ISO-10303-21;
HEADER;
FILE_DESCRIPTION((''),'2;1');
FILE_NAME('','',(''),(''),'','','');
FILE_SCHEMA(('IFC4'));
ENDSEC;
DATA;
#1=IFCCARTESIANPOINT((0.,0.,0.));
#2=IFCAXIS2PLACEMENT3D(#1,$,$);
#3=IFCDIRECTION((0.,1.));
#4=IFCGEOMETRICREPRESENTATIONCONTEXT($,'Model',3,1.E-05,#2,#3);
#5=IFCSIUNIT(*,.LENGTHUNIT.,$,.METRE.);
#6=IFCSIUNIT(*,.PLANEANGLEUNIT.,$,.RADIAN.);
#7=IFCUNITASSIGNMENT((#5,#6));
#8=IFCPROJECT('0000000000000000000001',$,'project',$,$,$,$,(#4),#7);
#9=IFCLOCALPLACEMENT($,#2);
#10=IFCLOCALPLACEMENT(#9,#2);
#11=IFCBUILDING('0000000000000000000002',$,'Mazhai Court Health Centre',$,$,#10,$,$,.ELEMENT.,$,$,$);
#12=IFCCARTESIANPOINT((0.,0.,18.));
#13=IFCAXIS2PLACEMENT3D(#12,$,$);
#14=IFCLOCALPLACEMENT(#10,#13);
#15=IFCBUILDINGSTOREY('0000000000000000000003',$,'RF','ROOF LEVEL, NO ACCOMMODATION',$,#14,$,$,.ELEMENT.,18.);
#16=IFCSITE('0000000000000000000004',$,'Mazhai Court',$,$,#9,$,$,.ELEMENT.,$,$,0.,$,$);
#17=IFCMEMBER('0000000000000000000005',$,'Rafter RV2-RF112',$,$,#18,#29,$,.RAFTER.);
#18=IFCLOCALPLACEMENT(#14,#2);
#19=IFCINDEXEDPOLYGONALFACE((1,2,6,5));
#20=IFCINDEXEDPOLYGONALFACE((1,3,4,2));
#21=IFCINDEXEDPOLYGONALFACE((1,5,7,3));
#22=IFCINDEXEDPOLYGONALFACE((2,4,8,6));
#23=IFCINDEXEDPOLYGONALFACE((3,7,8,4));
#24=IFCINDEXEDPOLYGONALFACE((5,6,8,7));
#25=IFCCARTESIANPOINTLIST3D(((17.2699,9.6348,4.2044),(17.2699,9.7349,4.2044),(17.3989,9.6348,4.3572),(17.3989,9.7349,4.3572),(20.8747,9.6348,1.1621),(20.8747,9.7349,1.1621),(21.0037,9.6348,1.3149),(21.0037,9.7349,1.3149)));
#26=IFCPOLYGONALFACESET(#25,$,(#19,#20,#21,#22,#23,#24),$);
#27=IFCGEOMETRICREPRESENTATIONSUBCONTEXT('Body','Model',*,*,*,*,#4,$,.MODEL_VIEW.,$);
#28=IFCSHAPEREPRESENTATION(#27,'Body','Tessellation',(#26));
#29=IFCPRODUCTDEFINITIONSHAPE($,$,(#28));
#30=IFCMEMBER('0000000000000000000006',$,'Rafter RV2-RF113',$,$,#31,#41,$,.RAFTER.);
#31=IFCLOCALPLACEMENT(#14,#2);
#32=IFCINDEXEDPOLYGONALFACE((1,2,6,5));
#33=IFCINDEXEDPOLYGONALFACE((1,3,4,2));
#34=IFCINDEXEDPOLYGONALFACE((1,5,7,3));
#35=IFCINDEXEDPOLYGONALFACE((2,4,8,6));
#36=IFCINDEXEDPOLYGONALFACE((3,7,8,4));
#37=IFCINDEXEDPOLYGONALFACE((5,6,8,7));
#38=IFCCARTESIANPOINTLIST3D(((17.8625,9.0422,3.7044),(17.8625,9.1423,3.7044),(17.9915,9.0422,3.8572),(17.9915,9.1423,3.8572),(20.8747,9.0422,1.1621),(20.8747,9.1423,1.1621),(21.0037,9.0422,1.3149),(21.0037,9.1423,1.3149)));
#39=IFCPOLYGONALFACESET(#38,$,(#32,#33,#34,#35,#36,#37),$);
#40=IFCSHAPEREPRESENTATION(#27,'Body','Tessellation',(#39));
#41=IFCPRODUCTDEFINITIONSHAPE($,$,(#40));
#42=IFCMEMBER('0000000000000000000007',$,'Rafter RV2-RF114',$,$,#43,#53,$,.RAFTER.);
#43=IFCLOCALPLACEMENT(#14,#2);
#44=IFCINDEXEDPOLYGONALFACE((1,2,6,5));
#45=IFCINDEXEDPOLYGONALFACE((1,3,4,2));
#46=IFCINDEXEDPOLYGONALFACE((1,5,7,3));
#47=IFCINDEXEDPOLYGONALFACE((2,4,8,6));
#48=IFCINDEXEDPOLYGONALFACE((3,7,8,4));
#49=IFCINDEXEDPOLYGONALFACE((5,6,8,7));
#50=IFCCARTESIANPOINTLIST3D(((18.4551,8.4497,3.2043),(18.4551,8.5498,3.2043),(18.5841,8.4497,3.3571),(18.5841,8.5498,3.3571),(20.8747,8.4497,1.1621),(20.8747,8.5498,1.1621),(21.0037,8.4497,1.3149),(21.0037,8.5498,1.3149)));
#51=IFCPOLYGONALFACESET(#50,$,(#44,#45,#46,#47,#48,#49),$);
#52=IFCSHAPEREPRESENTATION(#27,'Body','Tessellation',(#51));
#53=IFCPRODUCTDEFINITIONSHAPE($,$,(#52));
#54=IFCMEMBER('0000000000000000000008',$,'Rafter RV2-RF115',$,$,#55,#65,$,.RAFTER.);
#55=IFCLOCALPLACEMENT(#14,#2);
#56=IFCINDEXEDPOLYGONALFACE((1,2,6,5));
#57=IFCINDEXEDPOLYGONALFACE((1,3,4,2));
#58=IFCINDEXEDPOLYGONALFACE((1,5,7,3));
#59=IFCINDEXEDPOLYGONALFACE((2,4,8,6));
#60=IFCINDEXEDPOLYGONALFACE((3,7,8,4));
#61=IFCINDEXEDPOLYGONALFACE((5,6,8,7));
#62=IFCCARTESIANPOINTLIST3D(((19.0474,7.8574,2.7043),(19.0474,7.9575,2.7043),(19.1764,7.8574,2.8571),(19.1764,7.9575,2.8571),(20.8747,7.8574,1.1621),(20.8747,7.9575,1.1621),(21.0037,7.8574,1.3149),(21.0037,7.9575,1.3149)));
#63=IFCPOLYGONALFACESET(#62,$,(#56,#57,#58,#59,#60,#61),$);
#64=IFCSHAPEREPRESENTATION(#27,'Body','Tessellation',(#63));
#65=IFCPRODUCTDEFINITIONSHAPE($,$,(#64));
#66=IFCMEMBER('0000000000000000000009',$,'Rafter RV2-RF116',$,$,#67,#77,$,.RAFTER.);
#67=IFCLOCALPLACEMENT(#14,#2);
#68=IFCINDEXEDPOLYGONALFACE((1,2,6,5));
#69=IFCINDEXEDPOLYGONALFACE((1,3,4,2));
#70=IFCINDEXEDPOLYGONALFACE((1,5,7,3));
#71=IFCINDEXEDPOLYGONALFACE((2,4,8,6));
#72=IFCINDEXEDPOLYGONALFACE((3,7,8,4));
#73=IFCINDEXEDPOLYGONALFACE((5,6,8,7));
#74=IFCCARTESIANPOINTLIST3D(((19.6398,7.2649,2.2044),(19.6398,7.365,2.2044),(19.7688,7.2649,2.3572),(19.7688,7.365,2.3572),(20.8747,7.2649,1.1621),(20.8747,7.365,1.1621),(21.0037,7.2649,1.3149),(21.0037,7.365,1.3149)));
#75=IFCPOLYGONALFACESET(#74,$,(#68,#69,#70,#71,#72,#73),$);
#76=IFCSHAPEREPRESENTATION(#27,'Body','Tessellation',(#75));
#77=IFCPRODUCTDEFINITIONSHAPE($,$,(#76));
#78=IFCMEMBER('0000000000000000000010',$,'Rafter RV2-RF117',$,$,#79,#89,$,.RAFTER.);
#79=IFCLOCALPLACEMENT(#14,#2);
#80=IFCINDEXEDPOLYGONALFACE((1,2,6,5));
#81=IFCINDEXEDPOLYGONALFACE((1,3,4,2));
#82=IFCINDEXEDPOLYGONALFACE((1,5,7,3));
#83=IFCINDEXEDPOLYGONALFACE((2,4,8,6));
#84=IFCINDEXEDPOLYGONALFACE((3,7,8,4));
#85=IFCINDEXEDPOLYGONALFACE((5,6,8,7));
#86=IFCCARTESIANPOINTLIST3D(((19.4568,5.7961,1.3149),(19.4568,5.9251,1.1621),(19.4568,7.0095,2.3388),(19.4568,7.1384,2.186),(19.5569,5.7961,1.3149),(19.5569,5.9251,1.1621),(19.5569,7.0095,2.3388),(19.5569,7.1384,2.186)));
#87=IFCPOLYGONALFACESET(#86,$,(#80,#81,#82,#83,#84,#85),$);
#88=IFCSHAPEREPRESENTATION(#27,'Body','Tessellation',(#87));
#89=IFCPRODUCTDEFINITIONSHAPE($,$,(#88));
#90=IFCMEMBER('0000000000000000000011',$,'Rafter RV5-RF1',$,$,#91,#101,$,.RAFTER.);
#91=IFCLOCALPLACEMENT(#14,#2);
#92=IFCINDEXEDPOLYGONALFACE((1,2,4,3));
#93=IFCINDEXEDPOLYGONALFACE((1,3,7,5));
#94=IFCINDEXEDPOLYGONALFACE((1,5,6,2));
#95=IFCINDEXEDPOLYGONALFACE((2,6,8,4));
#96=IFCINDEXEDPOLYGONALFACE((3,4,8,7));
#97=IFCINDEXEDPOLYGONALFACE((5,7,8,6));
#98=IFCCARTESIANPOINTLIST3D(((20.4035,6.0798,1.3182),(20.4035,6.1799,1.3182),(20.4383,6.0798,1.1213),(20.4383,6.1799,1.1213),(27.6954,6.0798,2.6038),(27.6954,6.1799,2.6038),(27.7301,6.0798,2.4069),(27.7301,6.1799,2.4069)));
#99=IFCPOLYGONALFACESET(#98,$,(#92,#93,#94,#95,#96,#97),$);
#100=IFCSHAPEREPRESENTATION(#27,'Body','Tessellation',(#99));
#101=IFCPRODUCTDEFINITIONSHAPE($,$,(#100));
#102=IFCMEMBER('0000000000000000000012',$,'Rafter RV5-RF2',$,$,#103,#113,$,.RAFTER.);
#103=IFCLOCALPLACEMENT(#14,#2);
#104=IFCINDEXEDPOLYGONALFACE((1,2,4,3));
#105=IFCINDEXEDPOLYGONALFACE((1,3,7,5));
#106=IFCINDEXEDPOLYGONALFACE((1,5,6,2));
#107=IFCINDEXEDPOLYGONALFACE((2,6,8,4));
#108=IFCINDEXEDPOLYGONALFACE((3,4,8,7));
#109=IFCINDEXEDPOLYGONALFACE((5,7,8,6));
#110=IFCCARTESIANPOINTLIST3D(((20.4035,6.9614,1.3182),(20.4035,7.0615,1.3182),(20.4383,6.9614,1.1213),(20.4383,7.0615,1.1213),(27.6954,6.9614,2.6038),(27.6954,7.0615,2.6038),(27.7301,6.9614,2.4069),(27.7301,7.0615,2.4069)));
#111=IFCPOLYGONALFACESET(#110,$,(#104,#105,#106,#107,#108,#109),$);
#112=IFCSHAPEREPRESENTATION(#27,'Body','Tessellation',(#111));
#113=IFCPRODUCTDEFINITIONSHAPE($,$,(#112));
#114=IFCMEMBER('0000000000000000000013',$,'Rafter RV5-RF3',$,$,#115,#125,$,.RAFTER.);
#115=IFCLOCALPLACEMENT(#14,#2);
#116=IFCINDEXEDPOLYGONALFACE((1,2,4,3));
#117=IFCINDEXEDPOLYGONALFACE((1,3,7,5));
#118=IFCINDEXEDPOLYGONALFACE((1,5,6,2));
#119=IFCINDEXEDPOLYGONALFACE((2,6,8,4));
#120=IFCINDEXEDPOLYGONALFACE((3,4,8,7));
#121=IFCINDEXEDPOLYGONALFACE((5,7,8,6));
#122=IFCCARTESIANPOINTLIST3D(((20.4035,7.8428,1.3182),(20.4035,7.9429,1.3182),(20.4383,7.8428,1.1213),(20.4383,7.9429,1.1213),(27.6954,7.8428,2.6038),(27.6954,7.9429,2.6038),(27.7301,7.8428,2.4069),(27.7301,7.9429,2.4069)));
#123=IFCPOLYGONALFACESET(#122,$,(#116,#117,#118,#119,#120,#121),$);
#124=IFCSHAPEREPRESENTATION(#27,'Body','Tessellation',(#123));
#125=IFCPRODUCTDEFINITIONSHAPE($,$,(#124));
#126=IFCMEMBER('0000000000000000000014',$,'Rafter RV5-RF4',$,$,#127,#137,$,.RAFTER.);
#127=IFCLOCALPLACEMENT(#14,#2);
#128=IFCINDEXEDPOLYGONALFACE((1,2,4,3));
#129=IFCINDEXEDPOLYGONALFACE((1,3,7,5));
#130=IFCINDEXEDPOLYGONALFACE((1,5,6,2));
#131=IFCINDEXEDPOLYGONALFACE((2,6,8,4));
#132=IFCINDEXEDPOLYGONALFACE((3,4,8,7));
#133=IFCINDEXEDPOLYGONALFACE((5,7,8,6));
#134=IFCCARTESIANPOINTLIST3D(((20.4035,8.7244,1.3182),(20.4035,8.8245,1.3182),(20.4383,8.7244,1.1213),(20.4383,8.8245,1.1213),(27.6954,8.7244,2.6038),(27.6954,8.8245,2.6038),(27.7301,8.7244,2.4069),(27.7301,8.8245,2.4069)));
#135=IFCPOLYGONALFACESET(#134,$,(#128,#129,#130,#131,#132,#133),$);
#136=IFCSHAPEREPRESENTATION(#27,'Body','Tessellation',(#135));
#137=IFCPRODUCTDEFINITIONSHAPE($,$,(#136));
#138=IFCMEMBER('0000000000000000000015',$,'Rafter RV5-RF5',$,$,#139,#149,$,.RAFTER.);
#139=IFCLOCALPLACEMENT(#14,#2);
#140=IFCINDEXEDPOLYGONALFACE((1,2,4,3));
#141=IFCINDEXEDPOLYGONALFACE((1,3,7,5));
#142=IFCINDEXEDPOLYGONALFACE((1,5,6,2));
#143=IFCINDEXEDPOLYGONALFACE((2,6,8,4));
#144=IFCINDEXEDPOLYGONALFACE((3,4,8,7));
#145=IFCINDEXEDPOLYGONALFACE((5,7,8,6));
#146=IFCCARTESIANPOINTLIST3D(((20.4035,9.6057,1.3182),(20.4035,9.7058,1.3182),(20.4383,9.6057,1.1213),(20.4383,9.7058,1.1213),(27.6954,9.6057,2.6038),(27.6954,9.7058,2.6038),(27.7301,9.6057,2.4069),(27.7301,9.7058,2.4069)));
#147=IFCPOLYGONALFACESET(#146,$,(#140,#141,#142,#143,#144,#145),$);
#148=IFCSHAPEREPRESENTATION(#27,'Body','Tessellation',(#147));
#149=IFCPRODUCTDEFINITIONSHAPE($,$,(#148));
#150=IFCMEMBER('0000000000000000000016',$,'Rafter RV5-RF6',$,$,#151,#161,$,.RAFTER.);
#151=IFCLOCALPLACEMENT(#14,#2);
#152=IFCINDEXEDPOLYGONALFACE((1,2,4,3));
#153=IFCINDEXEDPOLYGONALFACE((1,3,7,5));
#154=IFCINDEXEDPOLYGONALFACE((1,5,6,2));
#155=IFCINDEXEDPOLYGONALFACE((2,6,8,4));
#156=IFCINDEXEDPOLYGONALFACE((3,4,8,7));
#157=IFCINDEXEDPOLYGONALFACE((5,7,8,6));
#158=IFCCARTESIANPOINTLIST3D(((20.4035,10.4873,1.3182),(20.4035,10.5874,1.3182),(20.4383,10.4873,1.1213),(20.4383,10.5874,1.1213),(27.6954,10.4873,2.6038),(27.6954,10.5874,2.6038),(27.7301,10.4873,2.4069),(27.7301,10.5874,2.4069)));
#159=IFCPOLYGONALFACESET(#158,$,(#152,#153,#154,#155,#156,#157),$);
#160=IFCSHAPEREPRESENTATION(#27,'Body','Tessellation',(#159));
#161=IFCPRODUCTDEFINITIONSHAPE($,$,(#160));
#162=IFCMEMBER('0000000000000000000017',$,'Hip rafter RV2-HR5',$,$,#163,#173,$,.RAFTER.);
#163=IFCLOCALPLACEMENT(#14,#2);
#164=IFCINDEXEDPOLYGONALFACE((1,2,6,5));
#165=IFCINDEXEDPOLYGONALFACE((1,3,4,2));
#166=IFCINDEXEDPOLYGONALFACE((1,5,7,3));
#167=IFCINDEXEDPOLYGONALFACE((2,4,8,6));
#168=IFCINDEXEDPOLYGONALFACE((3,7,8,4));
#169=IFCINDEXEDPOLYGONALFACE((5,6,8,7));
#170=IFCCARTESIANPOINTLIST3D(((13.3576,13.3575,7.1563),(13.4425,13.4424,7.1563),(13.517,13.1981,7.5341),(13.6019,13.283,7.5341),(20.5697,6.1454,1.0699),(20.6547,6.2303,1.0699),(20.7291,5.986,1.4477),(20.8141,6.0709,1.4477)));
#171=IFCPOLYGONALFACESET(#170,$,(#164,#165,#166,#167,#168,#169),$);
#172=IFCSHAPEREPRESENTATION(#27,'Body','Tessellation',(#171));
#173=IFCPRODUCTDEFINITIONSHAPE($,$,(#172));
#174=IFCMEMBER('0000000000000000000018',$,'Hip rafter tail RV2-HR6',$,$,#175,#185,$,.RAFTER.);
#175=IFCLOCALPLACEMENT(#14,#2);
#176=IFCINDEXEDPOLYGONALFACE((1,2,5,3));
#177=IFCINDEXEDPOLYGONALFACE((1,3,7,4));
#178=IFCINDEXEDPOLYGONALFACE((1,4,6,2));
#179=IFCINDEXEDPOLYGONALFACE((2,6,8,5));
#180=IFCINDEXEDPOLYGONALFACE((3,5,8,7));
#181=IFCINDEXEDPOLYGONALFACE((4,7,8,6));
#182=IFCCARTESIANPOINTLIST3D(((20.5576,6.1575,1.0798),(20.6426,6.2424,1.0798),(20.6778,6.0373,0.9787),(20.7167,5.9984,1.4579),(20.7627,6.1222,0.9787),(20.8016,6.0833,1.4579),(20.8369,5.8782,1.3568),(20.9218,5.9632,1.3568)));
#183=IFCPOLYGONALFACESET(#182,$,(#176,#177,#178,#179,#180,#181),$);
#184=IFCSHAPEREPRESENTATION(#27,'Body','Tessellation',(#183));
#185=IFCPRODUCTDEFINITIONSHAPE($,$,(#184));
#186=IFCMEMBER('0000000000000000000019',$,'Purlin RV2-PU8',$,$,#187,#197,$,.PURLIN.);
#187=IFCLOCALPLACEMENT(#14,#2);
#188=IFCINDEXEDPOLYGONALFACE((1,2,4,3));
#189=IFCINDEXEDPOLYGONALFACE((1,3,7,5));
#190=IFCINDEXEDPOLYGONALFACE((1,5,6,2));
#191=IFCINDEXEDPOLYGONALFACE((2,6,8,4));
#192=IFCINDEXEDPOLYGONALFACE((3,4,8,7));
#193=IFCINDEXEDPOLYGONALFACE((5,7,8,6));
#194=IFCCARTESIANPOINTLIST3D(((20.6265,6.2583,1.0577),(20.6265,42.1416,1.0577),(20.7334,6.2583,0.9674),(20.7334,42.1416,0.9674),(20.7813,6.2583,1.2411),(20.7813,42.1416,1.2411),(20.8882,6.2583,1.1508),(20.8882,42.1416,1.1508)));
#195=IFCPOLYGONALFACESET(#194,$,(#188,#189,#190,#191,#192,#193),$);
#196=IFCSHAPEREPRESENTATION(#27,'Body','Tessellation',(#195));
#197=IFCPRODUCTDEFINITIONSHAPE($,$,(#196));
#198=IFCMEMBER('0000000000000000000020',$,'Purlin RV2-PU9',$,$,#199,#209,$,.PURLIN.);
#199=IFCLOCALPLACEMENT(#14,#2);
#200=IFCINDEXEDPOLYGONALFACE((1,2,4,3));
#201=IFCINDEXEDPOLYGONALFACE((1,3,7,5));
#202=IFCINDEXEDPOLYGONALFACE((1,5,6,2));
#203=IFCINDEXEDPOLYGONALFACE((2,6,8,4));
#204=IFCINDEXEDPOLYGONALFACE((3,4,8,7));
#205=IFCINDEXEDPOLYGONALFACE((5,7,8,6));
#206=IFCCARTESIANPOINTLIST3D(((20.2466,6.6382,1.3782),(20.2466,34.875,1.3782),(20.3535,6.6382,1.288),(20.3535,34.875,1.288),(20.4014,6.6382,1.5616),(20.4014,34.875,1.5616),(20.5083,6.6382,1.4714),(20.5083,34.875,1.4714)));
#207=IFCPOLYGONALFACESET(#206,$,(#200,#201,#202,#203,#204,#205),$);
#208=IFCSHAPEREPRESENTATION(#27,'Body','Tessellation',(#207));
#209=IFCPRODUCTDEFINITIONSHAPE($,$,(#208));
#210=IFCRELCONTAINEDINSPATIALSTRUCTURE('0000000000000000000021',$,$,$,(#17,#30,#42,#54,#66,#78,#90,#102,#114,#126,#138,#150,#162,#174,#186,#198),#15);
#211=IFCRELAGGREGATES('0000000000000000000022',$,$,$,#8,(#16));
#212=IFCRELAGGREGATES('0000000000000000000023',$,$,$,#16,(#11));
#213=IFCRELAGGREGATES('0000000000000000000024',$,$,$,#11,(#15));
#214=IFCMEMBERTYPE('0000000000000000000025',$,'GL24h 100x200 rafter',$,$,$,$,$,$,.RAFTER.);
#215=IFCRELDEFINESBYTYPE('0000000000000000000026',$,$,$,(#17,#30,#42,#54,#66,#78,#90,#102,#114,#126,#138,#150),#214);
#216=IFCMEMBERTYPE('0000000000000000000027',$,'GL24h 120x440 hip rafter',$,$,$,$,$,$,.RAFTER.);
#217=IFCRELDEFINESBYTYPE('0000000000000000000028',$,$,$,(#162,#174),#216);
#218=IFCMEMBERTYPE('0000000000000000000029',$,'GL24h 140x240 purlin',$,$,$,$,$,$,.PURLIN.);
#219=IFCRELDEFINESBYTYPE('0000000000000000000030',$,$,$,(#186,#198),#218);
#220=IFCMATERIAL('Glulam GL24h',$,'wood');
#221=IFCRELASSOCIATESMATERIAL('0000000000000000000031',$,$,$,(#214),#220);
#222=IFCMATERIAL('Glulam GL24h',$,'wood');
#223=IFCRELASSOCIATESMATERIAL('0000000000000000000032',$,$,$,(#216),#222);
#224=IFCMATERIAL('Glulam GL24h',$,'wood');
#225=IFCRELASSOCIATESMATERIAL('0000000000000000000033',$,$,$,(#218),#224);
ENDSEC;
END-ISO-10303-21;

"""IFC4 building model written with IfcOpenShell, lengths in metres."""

from ifc_helpers import new_model, si_unit, direction, frame, origin, origin_2d, place, context, subcontext, project, spatial, rectangle, extrude, material, material_profile, profile_set, type_object, element, save


model = new_model("IFC4")

# Units and contexts
model_context = context("Model", 3, precision=1e-05, world=origin(), true_north=direction((0.0, 1.0)))
body_context = subcontext(model_context, "Body", "Model", "MODEL_VIEW")
ifc_project = project(units=[si_unit("LENGTHUNIT", "METRE"), si_unit("PLANEANGLEUNIT", "RADIAN")], contexts=[model_context])

# Site, building, storey
site_placement = place(None, origin())
site = spatial("IfcSite", under=ifc_project, at=site_placement, Name="Mazhai Court", CompositionType="ELEMENT", RefElevation=0.0)
building_placement = place(site_placement, origin())
building = spatial("IfcBuilding", under=site, at=building_placement, Name="Mazhai Court Health Centre", CompositionType="ELEMENT")
storey_placement = place(building_placement, frame((0.0, 0.0, 18.0)))
storey = spatial("IfcBuildingStorey", under=building, at=storey_placement, Name="RF", Description="ROOF LEVEL, NO ACCOMMODATION", CompositionType="ELEMENT", Elevation=18.0)

# Members
ifc_material_1 = material(Name="Glulam GL24h", Category="wood")
ifc_material_profile_1 = material_profile(ifc_material_1, rectangle(XDim=0.1001, YDim=0.2, at=origin_2d()), Name="GL24h 100x200")
ifc_profile_set_1 = profile_set([ifc_material_profile_1], Name="Glulam GL24h")
member_type_1 = type_object("IfcMemberType", Name="GL24h 100x200 rafter", PredefinedType="RAFTER", material=ifc_profile_set_1)
member_1_placement = place(storey_placement, frame((20.9392, 9.6848, 1.2385), z_axis=(-0.764214, 0.0, 0.644963), x_axis=(0.0, -1.0, 0.0)))
element("IfcMember", 1, at=member_1_placement, inside=storey, type_object=member_type_1, Name="Rafter RV2-RF112", PredefinedType="RAFTER", context=body_context, shape_type="SweptSolid", body=[
    extrude(rectangle(XDim=0.1001, YDim=0.2, at=origin_2d()), origin(), (0.0, 0.0, 1.0), 4.717),
])
member_2_placement = place(storey_placement, frame((20.9392, 9.0923, 1.2385), z_axis=(-0.764206, 0.0, 0.644973), x_axis=(0.0, -1.0, 0.0)))
element("IfcMember", 2, at=member_2_placement, inside=storey, type_object=member_type_1, Name="Rafter RV2-RF113", PredefinedType="RAFTER", context=body_context, shape_type="SweptSolid", body=[
    extrude(rectangle(XDim=0.1001, YDim=0.2, at=origin_2d()), origin(), (0.0, 0.0, 1.0), 3.9417),
])
member_3_placement = place(storey_placement, frame((20.9392, 8.4998, 1.2385), z_axis=(-0.764193, 0.0, 0.644988), x_axis=(0.0, -1.0, 0.0)))
element("IfcMember", 3, at=member_3_placement, inside=storey, type_object=member_type_1, Name="Rafter RV2-RF114", PredefinedType="RAFTER", context=body_context, shape_type="SweptSolid", body=[
    extrude(rectangle(XDim=0.1001, YDim=0.2, at=origin_2d()), origin(), (0.0, 0.0, 1.0), 3.1663),
])
member_4_placement = place(storey_placement, frame((20.9392, 7.9075, 1.2385), z_axis=(-0.764214, 0.0, 0.644962), x_axis=(0.0, -1.0, 0.0)))
element("IfcMember", 4, at=member_4_placement, inside=storey, type_object=member_type_1, Name="Rafter RV2-RF115", PredefinedType="RAFTER", context=body_context, shape_type="SweptSolid", body=[
    extrude(rectangle(XDim=0.1001, YDim=0.2, at=origin_2d()), origin(), (0.0, 0.0, 1.0), 2.3911),
])
member_5_placement = place(storey_placement, frame((20.9392, 7.3149, 1.2385), z_axis=(-0.764194, 0.0, 0.644987), x_axis=(0.0, -1.0, 0.0)))
element("IfcMember", 5, at=member_5_placement, inside=storey, type_object=member_type_1, Name="Rafter RV2-RF116", PredefinedType="RAFTER", context=body_context, shape_type="SweptSolid", body=[
    extrude(rectangle(XDim=0.1001, YDim=0.2, at=origin_2d()), origin(), (0.0, 0.0, 1.0), 1.616),
])
member_6_placement = place(storey_placement, frame((19.5068, 5.8606, 1.2385), z_axis=(0.0, 0.764249, 0.644921), x_axis=(-1.0, 0.0, 0.0)))
element("IfcMember", 6, at=member_6_placement, inside=storey, type_object=member_type_1, Name="Rafter RV2-RF117", PredefinedType="RAFTER", context=body_context, shape_type="SweptSolid", body=[
    extrude(rectangle(XDim=0.1001, YDim=0.2, at=origin_2d()), origin(), (0.0, 0.0, 1.0), 1.5876),
])
for number, where, z_axis, x_axis, name in (
    (7, (20.4209, 6.1299, 1.2197), (0.98481, 0.0, 0.173637), (0.0, 1.0, 0.0), "Rafter RV5-RF1"),
    (8, (20.4209, 7.0115, 1.2197), (0.98481, 0.0, 0.173637), (0.0, 1.0, 0.0), "Rafter RV5-RF2"),
    (9, (20.4209, 7.8928, 1.2197), (0.98481, 0.0, 0.173637), (0.0, 1.0, 0.0), "Rafter RV5-RF3"),
    (10, (20.4209, 8.7744, 1.2197), (0.98481, 0.0, 0.173637), (0.0, 1.0, 0.0), "Rafter RV5-RF4"),
    (11, (20.4209, 9.6558, 1.2197), (0.98481, 0.0, 0.173637), (0.0, 1.0, 0.0), "Rafter RV5-RF5"),
    (12, (20.4209, 10.5374, 1.2197), (0.98481, 0.0, 0.173637), (0.0, 1.0, 0.0), "Rafter RV5-RF6"),
):
    element("IfcMember", number, at=place(storey_placement, frame(where, z_axis=z_axis, x_axis=x_axis)), inside=storey, type_object=member_type_1, Name=name, PredefinedType="RAFTER", context=body_context, shape_type="SweptSolid", body=[
        extrude(rectangle(XDim=0.1001, YDim=0.2, at=origin_2d()), origin(), (0.0, 0.0, 1.0), 7.4043),
    ])
ifc_material_2 = material(Name="Glulam GL24h", Category="wood")
ifc_material_profile_2 = material_profile(ifc_material_2, rectangle(XDim=0.1201, YDim=0.4399, at=origin_2d()), Name="GL24h 120x440")
ifc_profile_set_2 = profile_set([ifc_material_profile_2], Name="Glulam GL24h")
member_type_2 = type_object("IfcMemberType", Name="GL24h 120x440 hip rafter", PredefinedType="RAFTER", material=ifc_profile_set_2)
member_7_placement = place(storey_placement, frame((20.6919, 6.1082, 1.2588), z_axis=(-0.607212, 0.607212, 0.512433), x_axis=(-0.707107, -0.707107, 0.0)))
element("IfcMember", 13, at=member_7_placement, inside=storey, type_object=member_type_2, Name="Hip rafter RV2-HR5", PredefinedType="RAFTER", context=body_context, shape_type="SweptSolid", body=[
    extrude(rectangle(XDim=0.1201, YDim=0.4399, at=origin_2d()), origin(), (0.0, 0.0, 1.0), 11.8774),
])
member_8_placement = place(storey_placement, frame((20.7998, 6.0002, 1.1677), z_axis=(-0.607674, 0.607674, 0.511336), x_axis=(-0.707107, -0.707107, 0.0)))
element("IfcMember", 14, at=member_8_placement, inside=storey, type_object=member_type_2, Name="Hip rafter tail RV2-HR6", PredefinedType="RAFTER", context=body_context, shape_type="SweptSolid", body=[
    extrude(rectangle(XDim=0.1201, YDim=0.4399, at=origin_2d()), origin(), (0.0, 0.0, 1.0), 0.1978),
])
ifc_material_3 = material(Name="Glulam GL24h", Category="wood")
ifc_material_profile_3 = material_profile(ifc_material_3, rectangle(XDim=0.1399, YDim=0.24, at=origin_2d()), Name="GL24h 140x240")
ifc_profile_set_3 = profile_set([ifc_material_profile_3], Name="Glulam GL24h")
member_type_3 = type_object("IfcMemberType", Name="GL24h 140x240 purlin", PredefinedType="PURLIN", material=ifc_profile_set_3)
member_9_placement = place(storey_placement, frame((20.7573, 6.2583, 1.1042), z_axis=(0.0, 1.0, 0.0), x_axis=(-0.76422, 0.0, 0.644955)))
element("IfcMember", 15, at=member_9_placement, inside=storey, type_object=member_type_3, Name="Purlin RV2-PU8", PredefinedType="PURLIN", context=body_context, shape_type="SweptSolid", body=[
    extrude(rectangle(XDim=0.1399, YDim=0.24, at=origin_2d()), origin(), (0.0, 0.0, 1.0), 35.8833),
])
member_10_placement = place(storey_placement, frame((20.3774, 6.6382, 1.4248), z_axis=(0.0, 1.0, 0.0), x_axis=(-0.76422, 0.0, 0.644955)))
element("IfcMember", 16, at=member_10_placement, inside=storey, type_object=member_type_3, Name="Purlin RV2-PU9", PredefinedType="PURLIN", context=body_context, shape_type="SweptSolid", body=[
    extrude(rectangle(XDim=0.1399, YDim=0.24, at=origin_2d()), origin(), (0.0, 0.0, 1.0), 28.2368),
])

save(model, "model.ifc")
